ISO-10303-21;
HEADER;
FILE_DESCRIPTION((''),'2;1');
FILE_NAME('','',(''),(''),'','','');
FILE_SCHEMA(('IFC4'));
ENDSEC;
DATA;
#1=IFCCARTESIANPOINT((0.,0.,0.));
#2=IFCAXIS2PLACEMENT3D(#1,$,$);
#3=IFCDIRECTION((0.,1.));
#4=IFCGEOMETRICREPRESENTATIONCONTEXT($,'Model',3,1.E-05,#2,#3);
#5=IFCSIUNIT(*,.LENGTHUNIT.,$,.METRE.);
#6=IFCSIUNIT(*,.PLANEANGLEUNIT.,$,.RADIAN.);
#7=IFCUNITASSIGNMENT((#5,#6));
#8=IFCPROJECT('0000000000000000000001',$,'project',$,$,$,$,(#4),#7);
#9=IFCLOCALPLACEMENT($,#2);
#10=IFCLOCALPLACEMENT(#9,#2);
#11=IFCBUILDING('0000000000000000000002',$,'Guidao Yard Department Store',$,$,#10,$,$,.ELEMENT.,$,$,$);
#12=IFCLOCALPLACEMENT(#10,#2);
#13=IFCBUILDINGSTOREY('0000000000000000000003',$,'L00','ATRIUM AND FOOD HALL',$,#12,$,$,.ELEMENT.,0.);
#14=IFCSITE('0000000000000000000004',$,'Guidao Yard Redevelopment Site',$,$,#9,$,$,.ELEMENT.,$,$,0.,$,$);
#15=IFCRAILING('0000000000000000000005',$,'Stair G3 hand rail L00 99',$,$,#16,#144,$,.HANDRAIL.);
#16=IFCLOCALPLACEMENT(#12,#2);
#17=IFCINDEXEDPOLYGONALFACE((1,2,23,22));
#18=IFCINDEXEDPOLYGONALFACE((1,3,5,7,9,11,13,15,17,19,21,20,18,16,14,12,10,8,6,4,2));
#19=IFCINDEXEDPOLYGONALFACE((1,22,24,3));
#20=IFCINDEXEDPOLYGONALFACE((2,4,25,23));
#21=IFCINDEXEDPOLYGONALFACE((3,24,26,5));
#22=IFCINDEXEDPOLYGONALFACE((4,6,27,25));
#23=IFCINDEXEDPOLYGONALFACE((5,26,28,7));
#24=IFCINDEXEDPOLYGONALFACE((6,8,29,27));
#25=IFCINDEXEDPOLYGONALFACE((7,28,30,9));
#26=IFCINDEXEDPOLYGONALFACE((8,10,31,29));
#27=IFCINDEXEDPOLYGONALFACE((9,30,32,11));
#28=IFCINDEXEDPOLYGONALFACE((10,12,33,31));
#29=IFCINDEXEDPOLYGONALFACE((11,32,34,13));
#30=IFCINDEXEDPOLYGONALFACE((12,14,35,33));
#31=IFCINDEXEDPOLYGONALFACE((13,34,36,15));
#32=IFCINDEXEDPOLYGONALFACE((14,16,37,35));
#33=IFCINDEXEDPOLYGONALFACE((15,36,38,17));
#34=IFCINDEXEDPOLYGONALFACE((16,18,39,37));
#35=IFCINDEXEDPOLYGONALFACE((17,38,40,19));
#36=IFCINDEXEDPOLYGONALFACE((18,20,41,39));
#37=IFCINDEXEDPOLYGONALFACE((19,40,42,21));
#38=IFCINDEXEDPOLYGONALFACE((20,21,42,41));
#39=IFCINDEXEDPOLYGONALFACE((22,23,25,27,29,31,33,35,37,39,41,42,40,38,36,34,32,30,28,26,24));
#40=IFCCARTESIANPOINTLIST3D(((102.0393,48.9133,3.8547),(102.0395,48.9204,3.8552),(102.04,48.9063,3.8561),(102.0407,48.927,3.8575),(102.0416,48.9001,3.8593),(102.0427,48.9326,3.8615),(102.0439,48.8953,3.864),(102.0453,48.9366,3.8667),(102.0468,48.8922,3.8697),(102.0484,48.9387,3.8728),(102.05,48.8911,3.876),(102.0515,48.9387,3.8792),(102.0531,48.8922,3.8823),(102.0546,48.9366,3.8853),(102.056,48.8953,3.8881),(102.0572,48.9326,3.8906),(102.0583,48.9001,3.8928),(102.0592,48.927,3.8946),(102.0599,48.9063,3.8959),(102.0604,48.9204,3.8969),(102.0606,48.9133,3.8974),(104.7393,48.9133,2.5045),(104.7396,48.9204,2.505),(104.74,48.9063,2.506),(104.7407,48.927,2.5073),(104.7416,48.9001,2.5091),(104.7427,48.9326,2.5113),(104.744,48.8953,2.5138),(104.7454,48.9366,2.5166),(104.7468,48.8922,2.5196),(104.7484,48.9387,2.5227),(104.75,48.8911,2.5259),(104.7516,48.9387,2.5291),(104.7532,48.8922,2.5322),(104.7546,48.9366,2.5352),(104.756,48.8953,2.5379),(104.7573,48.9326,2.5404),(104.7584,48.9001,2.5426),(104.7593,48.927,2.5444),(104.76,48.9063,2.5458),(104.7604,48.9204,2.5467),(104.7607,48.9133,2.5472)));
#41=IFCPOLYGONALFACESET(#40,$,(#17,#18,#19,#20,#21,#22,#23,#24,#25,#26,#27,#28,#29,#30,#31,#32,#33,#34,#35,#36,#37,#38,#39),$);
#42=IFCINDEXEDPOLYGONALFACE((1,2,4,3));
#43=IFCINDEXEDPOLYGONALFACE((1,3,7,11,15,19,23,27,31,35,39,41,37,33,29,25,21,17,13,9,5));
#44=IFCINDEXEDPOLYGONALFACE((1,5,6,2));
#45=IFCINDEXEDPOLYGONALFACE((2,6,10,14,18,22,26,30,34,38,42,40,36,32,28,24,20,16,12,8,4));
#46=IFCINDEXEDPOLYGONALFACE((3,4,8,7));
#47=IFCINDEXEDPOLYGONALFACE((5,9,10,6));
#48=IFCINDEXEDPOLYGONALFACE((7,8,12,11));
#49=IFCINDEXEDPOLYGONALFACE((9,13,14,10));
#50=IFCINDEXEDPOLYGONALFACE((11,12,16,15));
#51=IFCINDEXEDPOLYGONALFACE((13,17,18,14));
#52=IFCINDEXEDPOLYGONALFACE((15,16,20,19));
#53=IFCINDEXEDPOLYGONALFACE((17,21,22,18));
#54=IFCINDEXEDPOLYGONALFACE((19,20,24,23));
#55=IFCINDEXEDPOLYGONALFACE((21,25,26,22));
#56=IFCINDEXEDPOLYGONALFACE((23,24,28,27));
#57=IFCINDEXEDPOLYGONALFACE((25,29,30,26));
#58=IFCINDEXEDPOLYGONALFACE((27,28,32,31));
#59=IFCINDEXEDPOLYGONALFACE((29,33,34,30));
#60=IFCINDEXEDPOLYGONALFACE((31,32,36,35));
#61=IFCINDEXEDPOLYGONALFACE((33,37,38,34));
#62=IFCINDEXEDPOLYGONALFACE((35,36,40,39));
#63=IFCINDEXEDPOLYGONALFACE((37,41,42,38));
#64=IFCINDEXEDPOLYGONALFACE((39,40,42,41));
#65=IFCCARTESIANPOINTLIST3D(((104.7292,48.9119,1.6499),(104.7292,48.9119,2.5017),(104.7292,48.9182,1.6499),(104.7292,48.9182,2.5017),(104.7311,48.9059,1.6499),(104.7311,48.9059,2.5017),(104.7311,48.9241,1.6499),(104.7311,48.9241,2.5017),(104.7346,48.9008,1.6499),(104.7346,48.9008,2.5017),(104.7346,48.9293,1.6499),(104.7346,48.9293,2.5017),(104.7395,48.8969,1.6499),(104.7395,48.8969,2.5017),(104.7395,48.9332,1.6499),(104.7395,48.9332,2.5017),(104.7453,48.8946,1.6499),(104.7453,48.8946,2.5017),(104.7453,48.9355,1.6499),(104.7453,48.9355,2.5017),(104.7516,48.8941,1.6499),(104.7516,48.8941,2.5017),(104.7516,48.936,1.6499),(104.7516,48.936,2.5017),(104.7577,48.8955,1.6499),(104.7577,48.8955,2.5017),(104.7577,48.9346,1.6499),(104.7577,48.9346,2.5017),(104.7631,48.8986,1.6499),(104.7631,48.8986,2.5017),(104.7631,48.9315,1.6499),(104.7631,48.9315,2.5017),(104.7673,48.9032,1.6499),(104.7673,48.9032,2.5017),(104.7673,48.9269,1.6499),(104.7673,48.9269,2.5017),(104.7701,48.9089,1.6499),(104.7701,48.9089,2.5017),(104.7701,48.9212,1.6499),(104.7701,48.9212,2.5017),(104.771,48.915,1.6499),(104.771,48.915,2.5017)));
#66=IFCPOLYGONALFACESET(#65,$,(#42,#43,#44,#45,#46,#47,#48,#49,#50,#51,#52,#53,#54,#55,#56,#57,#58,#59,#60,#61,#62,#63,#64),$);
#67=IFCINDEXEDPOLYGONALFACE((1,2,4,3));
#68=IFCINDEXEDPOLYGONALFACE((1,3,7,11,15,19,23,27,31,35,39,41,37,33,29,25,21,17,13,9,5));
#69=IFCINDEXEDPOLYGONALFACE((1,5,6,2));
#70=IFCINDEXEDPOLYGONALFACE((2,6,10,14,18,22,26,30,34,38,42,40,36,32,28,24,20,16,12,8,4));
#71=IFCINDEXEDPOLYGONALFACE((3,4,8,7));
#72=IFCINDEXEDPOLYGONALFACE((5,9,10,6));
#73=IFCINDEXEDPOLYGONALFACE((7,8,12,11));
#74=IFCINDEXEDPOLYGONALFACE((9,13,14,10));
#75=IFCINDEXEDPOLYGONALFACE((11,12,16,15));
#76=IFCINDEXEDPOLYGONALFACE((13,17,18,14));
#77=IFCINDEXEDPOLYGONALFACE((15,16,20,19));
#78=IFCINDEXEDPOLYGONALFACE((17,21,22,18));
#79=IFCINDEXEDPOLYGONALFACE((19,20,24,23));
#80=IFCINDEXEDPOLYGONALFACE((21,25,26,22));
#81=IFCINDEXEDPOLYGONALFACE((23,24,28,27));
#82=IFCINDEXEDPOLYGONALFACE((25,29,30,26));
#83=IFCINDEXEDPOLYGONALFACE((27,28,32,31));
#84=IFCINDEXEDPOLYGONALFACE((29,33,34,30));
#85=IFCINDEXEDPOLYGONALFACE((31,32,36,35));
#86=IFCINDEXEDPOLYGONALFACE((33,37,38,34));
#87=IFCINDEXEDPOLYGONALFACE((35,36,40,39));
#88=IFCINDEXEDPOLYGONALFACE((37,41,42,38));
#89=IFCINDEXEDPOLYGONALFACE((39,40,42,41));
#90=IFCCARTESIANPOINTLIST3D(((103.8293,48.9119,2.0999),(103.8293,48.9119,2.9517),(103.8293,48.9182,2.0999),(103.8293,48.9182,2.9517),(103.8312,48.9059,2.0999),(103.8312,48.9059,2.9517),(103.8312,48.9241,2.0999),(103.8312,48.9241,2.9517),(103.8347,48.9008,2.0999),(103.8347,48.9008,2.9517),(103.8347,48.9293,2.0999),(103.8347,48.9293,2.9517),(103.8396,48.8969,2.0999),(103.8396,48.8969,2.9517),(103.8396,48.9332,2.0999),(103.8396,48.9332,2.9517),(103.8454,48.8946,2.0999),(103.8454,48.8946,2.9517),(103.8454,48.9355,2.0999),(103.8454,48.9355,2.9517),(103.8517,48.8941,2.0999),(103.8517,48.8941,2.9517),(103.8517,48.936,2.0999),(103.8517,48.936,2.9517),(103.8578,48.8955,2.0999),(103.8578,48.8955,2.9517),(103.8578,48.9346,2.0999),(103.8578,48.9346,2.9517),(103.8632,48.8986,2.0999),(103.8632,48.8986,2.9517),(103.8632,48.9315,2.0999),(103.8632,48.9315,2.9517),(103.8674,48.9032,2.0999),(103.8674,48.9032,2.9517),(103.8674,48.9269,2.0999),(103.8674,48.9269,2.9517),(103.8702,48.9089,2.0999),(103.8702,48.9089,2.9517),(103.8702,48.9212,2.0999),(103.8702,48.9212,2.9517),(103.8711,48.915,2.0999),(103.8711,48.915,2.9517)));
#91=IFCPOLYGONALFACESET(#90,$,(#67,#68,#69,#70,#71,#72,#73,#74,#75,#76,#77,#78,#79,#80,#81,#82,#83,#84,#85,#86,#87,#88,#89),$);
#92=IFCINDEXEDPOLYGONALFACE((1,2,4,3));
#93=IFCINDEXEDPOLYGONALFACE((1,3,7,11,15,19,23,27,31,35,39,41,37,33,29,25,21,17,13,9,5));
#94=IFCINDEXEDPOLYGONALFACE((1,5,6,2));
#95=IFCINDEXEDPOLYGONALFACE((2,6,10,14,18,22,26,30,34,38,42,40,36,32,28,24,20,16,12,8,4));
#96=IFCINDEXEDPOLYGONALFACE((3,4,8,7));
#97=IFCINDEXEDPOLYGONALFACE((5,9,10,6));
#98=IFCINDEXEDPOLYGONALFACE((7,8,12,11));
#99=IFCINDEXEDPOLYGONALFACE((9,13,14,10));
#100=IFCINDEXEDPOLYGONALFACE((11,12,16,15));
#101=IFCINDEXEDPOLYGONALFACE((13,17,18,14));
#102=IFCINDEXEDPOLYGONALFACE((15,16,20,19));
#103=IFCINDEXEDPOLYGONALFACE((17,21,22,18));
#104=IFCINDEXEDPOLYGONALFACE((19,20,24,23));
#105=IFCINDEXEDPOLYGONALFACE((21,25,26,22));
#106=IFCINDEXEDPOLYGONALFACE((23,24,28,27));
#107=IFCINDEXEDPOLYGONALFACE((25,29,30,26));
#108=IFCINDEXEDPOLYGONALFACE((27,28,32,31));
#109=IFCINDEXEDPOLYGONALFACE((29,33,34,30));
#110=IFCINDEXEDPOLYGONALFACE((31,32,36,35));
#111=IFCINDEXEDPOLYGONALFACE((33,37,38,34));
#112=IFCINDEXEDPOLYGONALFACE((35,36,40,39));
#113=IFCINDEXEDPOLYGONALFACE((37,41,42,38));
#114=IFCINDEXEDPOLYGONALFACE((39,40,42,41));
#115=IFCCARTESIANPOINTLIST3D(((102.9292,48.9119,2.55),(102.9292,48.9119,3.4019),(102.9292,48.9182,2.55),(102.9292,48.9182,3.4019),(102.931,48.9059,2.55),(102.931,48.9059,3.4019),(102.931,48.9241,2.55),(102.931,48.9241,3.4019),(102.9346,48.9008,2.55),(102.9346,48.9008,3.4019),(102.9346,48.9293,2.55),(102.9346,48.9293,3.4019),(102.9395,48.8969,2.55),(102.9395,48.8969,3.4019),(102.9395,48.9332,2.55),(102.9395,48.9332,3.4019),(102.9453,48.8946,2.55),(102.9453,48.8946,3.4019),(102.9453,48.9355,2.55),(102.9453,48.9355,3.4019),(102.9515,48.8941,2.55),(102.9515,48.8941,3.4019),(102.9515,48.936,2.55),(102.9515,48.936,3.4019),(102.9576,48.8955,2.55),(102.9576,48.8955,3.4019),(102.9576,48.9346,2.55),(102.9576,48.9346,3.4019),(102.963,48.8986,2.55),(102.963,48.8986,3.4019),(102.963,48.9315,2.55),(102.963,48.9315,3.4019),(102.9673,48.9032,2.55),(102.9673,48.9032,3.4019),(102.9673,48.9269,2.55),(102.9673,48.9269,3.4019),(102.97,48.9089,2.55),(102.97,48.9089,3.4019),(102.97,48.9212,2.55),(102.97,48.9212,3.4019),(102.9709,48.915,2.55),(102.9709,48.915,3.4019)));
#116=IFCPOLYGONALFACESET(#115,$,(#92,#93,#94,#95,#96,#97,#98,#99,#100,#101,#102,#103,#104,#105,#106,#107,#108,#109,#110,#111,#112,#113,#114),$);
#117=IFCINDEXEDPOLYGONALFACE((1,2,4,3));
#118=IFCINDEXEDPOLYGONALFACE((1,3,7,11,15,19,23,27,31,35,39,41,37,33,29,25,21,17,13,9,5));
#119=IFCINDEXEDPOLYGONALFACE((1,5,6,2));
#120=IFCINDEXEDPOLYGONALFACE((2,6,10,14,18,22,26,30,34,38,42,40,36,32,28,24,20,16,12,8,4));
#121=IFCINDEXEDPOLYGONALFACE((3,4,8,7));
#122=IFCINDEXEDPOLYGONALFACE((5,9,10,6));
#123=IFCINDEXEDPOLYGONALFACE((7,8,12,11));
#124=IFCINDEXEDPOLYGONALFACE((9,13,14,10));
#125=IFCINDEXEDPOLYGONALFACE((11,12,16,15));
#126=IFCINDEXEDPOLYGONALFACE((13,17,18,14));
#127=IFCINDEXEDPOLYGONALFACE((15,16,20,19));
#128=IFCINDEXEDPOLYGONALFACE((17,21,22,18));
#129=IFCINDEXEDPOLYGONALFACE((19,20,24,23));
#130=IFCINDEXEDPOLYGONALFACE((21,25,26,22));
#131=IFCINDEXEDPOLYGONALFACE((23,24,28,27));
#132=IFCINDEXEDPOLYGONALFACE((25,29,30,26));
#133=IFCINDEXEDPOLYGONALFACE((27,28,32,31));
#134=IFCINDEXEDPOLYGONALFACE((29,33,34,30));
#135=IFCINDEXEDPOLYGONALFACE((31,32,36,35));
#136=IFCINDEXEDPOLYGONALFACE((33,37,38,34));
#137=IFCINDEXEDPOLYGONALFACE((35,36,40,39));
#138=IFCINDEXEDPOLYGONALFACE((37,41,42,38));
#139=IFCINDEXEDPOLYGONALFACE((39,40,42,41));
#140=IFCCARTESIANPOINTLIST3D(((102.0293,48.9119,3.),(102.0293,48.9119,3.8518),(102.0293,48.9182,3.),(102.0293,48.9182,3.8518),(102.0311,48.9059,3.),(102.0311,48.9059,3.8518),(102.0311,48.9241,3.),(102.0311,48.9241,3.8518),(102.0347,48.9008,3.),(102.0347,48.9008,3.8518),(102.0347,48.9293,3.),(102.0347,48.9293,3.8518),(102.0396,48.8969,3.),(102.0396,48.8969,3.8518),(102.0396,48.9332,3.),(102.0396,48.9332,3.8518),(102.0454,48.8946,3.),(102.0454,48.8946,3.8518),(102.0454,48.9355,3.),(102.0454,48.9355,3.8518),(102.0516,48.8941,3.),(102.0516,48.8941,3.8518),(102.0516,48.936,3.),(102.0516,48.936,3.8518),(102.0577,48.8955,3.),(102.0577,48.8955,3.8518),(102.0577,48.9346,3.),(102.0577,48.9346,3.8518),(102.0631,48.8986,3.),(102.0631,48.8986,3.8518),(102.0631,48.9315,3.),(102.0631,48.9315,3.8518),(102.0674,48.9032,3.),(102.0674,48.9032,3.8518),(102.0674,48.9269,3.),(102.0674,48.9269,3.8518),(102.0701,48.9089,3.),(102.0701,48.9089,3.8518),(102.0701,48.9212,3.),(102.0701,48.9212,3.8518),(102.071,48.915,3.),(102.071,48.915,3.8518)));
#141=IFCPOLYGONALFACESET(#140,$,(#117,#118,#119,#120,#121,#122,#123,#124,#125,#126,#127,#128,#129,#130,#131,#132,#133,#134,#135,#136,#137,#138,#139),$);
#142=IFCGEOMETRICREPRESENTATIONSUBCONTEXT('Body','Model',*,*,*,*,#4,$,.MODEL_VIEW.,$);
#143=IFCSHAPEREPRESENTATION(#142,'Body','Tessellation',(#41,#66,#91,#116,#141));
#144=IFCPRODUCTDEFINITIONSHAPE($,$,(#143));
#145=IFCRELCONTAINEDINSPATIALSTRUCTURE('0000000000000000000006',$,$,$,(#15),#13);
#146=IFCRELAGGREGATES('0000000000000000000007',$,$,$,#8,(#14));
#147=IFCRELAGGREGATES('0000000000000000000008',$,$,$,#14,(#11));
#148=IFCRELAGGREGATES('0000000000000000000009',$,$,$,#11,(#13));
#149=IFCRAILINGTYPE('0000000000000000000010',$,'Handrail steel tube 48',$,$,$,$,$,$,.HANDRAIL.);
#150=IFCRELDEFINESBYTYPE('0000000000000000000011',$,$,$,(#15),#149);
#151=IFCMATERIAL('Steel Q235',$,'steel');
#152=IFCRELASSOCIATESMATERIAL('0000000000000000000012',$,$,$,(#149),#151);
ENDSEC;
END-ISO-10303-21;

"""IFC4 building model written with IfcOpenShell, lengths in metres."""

from ifc_helpers import new_model, si_unit, direction, frame, origin, origin_2d, place, context, subcontext, project, spatial, circle, extrude, material, type_object, element, save


model = new_model("IFC4")

# Units and contexts
model_context = context("Model", 3, precision=1e-05, world=origin(), true_north=direction((0.0, 1.0)))
body_context = subcontext(model_context, "Body", "Model", "MODEL_VIEW")
ifc_project = project(units=[si_unit("LENGTHUNIT", "METRE"), si_unit("PLANEANGLEUNIT", "RADIAN")], contexts=[model_context])

# Site, building, storey
site_placement = place(None, origin())
site = spatial("IfcSite", under=ifc_project, at=site_placement, Name="Guidao Yard Redevelopment Site", CompositionType="ELEMENT", RefElevation=0.0)
building_placement = place(site_placement, origin())
building = spatial("IfcBuilding", under=site, at=building_placement, Name="Guidao Yard Department Store", CompositionType="ELEMENT")
storey_placement = place(building_placement, origin())
storey = spatial("IfcBuildingStorey", under=building, at=storey_placement, Name="L00", Description="ATRIUM AND FOOD HALL", CompositionType="ELEMENT", Elevation=0.0)

# Railing
ifc_material_1 = material(Name="Steel Q235", Category="steel")
railing_type = type_object("IfcRailingType", Name="Handrail steel tube 48", PredefinedType="HANDRAIL", material=ifc_material_1)
for number, where, name in (
    (1, (104.75, 48.915, 1.6499), "Stair G3 hand rail L00 99"),
):
    element("IfcRailing", number, at=place(storey_placement, frame(where)), inside=storey, type_object=railing_type, Name=name, PredefinedType="HANDRAIL", context=body_context, shape_type="SweptSolid", body=[
        extrude(circle(Radius=0.0239, at=origin_2d()), frame((0.0, 0.0, 0.876), z_axis=(-0.894411, 0.0, 0.447246), x_axis=(0.0, -1.0, 0.0)), (0.0, 0.0, 1.0), 3.0188),
        extrude(circle(Radius=0.021, at=origin_2d()), origin(), (0.0, 0.0, 1.0), 0.8518),
        extrude(circle(Radius=0.021, at=origin_2d()), frame((-0.8999, 0.0, 0.45)), (0.0, 0.0, 1.0), 0.8518),
        extrude(circle(Radius=0.021, at=origin_2d()), frame((-1.8, 0.0, 0.9001)), (0.0, 0.0, 1.0), 0.8518),
        extrude(circle(Radius=0.021, at=origin_2d()), frame((-2.7, 0.0, 1.3501)), (0.0, 0.0, 1.0), 0.8518),
    ])

save(model, "model.ifc")
